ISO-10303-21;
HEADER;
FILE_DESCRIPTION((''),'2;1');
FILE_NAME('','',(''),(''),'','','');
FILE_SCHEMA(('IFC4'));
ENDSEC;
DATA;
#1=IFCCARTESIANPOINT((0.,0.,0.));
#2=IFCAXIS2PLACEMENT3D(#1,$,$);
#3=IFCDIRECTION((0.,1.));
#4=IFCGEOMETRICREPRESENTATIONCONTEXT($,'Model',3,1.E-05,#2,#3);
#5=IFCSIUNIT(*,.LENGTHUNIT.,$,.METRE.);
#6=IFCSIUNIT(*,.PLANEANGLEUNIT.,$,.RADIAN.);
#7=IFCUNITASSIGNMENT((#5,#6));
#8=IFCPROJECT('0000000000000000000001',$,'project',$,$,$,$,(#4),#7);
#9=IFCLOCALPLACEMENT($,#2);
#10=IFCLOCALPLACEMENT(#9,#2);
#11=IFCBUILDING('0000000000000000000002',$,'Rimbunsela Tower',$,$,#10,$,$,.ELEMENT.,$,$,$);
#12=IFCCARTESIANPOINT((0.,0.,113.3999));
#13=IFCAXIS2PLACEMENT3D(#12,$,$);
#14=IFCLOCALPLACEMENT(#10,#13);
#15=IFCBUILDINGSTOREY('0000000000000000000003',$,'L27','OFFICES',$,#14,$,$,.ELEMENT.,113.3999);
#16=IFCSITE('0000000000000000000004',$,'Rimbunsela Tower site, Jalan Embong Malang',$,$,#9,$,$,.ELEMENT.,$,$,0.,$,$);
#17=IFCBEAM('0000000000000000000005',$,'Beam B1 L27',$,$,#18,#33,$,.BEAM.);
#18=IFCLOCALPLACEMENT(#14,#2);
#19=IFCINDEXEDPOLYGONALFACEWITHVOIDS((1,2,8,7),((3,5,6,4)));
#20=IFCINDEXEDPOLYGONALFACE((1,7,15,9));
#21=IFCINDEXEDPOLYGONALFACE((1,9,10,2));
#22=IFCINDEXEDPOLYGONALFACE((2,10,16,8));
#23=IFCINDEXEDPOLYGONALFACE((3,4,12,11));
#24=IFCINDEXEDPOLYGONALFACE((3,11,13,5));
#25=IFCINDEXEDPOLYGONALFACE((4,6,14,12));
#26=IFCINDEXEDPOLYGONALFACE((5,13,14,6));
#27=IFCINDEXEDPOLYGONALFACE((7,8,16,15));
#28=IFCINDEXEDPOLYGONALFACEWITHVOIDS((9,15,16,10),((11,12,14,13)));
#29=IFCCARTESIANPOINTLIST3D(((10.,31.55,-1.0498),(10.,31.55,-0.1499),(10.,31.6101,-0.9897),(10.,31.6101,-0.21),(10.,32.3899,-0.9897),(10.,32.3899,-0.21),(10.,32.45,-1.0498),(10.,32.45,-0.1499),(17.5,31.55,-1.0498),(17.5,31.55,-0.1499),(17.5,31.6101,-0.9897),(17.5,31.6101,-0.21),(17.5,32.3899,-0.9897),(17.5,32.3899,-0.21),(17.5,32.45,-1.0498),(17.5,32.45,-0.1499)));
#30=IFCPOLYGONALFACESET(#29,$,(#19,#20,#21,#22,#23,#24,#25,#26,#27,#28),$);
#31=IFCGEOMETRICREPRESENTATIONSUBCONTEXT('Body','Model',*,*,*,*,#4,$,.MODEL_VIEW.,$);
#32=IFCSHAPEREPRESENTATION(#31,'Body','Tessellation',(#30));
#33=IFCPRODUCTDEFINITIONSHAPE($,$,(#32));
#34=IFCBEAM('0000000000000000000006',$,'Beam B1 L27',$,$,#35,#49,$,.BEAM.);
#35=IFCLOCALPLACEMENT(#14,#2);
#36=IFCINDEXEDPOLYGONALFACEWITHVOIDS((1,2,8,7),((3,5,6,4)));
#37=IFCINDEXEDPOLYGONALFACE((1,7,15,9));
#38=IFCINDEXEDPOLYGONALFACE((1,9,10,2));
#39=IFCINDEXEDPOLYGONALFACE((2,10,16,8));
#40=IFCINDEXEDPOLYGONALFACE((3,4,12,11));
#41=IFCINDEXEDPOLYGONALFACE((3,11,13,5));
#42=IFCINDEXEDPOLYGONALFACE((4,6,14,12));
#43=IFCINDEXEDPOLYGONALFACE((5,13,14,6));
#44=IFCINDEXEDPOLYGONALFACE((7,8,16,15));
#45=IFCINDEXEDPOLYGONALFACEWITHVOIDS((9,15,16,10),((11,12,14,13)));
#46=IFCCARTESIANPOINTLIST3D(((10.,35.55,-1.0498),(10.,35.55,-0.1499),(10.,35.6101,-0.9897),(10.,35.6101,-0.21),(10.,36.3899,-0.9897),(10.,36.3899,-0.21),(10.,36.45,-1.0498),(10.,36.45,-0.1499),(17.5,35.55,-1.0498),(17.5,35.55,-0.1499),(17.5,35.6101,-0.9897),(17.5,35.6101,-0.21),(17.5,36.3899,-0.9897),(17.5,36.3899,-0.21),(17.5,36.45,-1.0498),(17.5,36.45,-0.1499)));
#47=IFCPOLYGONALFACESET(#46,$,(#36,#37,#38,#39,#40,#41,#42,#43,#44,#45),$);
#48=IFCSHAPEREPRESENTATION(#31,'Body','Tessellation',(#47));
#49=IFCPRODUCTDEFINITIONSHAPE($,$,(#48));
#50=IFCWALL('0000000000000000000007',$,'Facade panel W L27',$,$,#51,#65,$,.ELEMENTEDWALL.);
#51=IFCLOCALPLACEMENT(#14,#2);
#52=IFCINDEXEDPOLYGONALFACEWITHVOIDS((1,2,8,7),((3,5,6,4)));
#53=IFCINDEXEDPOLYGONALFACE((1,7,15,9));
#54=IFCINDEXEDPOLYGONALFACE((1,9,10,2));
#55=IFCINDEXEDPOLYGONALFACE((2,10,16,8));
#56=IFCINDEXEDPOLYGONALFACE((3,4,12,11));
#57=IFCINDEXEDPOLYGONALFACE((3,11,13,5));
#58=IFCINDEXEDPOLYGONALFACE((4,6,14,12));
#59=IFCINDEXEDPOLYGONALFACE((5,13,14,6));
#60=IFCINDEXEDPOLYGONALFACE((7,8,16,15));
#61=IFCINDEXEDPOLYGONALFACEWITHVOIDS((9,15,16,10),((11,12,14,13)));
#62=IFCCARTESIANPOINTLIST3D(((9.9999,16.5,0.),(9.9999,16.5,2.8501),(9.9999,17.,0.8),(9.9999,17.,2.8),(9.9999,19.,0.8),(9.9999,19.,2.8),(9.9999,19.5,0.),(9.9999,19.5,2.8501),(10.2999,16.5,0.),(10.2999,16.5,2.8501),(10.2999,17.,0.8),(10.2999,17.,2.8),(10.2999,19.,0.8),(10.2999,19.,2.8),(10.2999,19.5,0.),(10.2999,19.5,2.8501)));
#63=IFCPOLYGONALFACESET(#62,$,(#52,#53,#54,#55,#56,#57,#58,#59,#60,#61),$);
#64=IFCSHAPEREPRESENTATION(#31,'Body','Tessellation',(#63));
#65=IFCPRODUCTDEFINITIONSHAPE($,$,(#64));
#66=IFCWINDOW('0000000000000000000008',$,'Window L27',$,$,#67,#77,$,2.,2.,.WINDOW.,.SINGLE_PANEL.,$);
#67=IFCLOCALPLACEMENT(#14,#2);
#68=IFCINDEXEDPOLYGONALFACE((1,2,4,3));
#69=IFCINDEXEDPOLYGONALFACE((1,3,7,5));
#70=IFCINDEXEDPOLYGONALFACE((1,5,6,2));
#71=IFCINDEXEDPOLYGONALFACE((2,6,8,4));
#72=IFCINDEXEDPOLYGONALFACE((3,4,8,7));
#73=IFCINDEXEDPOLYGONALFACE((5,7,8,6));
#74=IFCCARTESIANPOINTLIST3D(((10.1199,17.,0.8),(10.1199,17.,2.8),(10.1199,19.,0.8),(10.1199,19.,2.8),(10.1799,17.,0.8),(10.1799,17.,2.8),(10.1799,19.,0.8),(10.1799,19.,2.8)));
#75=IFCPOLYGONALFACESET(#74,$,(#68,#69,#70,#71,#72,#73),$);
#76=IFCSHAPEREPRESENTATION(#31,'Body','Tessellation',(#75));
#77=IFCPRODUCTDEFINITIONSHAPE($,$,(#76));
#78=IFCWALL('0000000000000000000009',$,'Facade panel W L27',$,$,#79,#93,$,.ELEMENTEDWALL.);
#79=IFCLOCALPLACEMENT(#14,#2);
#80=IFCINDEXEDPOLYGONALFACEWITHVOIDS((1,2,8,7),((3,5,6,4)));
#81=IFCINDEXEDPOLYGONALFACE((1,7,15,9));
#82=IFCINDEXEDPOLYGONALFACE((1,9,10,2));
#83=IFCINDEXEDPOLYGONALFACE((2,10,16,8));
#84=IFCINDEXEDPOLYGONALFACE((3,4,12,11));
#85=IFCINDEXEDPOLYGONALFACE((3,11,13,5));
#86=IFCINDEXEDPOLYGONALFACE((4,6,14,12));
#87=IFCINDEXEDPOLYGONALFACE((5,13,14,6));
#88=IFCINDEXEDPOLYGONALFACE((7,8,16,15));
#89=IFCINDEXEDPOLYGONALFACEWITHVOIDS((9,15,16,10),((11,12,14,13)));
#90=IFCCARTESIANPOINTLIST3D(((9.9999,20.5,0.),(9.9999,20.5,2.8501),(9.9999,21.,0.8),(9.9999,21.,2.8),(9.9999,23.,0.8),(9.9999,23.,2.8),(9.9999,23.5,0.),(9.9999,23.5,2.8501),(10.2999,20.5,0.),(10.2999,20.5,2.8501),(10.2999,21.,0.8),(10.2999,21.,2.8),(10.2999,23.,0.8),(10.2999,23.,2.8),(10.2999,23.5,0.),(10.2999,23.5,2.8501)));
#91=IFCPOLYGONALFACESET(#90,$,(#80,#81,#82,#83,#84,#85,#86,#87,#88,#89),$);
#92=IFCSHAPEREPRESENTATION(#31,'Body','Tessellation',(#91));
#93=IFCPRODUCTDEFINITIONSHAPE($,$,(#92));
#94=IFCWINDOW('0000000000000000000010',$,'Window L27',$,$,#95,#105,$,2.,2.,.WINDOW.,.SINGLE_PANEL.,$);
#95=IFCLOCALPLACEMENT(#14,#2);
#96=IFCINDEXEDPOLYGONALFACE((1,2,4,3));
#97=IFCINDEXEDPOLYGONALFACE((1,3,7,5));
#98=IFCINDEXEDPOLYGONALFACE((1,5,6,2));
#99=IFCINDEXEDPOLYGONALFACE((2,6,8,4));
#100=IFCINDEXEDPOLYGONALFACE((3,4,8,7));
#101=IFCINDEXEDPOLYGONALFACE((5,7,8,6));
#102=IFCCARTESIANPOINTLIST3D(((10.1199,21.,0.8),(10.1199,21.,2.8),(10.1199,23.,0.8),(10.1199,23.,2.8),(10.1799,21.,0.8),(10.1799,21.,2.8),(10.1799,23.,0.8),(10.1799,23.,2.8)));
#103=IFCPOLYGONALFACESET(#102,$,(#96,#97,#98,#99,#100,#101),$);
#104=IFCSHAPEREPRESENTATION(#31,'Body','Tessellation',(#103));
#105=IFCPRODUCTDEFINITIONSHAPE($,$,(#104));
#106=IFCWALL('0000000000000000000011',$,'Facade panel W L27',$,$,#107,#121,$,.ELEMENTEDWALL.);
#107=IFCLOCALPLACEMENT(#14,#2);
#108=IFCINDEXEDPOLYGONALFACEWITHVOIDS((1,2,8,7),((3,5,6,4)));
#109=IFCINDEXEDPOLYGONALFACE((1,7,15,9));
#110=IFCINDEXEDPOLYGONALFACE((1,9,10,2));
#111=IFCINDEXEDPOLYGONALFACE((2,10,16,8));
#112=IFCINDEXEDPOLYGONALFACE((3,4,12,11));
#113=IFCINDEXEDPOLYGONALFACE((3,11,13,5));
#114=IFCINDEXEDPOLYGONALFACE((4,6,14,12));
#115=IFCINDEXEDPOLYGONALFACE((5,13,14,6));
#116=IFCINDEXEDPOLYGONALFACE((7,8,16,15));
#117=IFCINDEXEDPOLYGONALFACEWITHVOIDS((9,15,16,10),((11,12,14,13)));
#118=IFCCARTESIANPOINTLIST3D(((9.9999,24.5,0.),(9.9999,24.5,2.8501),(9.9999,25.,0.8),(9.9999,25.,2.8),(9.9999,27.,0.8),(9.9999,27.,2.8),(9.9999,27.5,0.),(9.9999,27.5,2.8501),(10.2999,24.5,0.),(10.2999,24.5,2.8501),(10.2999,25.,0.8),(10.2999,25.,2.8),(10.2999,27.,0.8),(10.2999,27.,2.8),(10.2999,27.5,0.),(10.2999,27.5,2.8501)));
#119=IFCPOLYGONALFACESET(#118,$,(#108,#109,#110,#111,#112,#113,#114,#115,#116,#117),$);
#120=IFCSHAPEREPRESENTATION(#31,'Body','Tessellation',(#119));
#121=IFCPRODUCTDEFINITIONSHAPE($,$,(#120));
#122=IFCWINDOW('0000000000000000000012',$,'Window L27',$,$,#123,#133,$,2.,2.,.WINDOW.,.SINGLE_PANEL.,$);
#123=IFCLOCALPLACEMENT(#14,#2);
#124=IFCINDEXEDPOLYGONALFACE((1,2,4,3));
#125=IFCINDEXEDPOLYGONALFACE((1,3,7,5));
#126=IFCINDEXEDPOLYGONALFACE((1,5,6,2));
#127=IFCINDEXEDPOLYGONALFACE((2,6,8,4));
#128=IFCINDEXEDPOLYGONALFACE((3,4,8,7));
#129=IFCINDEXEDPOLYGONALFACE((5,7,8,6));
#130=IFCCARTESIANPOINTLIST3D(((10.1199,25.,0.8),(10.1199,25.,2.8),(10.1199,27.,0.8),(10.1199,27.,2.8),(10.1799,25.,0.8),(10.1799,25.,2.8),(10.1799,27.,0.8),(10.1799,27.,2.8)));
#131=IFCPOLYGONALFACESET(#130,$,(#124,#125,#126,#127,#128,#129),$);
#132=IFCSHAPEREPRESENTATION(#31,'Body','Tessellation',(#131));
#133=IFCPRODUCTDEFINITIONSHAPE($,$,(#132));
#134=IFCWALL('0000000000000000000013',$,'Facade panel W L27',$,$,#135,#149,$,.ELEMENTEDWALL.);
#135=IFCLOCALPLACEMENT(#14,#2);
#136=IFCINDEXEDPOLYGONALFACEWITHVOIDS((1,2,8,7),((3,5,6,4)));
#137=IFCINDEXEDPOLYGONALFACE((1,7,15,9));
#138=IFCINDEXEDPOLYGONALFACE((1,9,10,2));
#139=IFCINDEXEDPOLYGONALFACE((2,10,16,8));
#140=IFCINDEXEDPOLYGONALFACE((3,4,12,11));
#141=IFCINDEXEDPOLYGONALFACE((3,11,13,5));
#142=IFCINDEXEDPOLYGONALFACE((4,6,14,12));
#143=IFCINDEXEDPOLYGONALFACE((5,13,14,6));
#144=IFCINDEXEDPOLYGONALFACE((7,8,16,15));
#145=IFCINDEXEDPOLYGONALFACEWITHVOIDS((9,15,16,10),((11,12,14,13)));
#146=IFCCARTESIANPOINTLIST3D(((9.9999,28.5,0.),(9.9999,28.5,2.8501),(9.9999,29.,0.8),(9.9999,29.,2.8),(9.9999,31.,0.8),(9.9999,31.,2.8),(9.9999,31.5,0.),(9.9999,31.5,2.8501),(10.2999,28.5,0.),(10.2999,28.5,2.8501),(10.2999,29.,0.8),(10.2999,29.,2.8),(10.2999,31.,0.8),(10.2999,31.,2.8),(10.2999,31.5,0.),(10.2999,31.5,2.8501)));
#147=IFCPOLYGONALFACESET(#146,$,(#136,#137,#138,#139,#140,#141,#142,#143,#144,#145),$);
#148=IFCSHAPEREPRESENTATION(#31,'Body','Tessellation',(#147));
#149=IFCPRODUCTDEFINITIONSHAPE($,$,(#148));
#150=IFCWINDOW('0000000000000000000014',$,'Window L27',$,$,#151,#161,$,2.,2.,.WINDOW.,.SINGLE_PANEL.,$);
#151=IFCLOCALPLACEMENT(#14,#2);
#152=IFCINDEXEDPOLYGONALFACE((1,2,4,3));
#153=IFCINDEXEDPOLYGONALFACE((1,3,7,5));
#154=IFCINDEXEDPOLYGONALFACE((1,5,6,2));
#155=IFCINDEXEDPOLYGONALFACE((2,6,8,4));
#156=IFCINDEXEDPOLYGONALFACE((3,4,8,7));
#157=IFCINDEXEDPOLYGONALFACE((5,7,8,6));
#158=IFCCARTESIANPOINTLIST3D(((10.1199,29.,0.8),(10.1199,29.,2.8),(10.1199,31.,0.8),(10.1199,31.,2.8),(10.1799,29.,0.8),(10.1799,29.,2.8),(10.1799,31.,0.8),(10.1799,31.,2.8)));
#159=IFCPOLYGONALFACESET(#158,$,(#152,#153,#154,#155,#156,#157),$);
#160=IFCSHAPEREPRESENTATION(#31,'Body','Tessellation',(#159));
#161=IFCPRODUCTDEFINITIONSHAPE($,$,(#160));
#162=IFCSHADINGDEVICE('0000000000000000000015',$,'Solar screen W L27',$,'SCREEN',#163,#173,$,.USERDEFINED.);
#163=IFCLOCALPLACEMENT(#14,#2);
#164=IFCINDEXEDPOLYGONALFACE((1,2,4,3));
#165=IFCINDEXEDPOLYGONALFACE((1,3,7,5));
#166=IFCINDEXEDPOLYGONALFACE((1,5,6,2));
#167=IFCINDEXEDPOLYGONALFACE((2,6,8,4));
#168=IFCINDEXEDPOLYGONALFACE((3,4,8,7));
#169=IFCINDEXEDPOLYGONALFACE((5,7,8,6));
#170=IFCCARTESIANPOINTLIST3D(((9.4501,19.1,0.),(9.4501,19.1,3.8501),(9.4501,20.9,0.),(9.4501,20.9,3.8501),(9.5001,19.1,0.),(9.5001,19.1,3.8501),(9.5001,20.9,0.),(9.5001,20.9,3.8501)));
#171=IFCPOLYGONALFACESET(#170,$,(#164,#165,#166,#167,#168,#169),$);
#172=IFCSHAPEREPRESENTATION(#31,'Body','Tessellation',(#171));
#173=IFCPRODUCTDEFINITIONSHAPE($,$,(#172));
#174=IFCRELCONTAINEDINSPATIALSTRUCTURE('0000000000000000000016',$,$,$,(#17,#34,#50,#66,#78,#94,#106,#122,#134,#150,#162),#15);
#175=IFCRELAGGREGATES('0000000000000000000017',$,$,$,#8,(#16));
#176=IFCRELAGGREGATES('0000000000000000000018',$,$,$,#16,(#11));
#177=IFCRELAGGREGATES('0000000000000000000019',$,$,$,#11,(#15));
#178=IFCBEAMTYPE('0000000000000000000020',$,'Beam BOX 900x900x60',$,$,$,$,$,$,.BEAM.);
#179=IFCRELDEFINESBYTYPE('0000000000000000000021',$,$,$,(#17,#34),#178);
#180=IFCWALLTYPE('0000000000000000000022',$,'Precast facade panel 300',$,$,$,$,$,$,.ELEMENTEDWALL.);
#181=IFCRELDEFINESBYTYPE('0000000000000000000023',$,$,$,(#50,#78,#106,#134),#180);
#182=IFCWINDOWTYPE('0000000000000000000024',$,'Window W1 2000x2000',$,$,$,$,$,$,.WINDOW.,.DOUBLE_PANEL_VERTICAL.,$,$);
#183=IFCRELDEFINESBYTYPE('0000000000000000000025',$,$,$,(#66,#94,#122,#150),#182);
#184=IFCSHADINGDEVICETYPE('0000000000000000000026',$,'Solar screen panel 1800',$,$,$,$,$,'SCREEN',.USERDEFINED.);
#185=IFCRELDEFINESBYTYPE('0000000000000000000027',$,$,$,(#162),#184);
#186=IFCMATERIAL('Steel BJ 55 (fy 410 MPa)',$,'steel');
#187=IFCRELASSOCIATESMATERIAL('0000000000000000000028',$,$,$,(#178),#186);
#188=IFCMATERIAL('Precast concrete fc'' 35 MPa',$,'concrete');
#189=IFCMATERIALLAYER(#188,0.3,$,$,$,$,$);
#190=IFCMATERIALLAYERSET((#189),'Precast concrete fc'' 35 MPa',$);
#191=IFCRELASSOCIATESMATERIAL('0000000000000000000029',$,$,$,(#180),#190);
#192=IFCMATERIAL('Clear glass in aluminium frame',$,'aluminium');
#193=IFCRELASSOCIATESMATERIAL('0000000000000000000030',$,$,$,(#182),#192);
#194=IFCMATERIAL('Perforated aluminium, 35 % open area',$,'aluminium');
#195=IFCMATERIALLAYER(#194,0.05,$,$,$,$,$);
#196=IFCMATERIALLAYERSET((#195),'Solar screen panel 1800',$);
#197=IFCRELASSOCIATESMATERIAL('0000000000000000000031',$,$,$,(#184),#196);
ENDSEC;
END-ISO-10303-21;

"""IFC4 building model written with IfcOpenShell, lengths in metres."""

from ifc_helpers import new_model, si_unit, direction, frame, frame_2d, origin, origin_2d, place, context, subcontext, project, spatial, rectangle, hollow_rectangle, extrude, material, layer, layer_set, material_profile, profile_set, type_object, element, fill, save


model = new_model("IFC4")

# Units and contexts
model_context = context("Model", 3, precision=1e-05, world=origin(), true_north=direction((0.0, 1.0)))
body_context = subcontext(model_context, "Body", "Model", "MODEL_VIEW")
ifc_project = project(units=[si_unit("LENGTHUNIT", "METRE"), si_unit("PLANEANGLEUNIT", "RADIAN")], contexts=[model_context])

# Site, building, storey
site_placement = place(None, origin())
site = spatial("IfcSite", under=ifc_project, at=site_placement, Name="Rimbunsela Tower site, Jalan Embong Malang", CompositionType="ELEMENT", RefElevation=0.0)
building_placement = place(site_placement, origin())
building = spatial("IfcBuilding", under=site, at=building_placement, Name="Rimbunsela Tower", CompositionType="ELEMENT")
storey_placement = place(building_placement, frame((0.0, 0.0, 113.3999)))
storey = spatial("IfcBuildingStorey", under=building, at=storey_placement, Name="L27", Description="OFFICES", CompositionType="ELEMENT", Elevation=113.3999)

# Beams
ifc_material_1 = material(Name="Steel BJ 55 (fy 410 MPa)", Category="steel")
ifc_material_profile_1 = material_profile(ifc_material_1, hollow_rectangle(XDim=0.8999, YDim=0.8999, WallThickness=0.0601, at=origin_2d()), Name="BOX 900x900x60")
ifc_profile_set_1 = profile_set([ifc_material_profile_1], Name="Steel BJ 55 (fy 410 MPa)")
beam_type_1 = type_object("IfcBeamType", Name="Beam BOX 900x900x60", PredefinedType="BEAM", material=ifc_profile_set_1)
for number, where, z_axis, x_axis, name in (
    (1, (10.0, 32.0, -0.5999), (1.0, 0.0, 0.0), (0.0, 1.0, 0.0), "Beam B1 L27"),
    (2, (10.0, 36.0, -0.5999), (1.0, 0.0, 0.0), (0.0, 1.0, 0.0), "Beam B1 L27"),
):
    element("IfcBeam", number, at=place(storey_placement, frame(where, z_axis=z_axis, x_axis=x_axis)), inside=storey, type_object=beam_type_1, Name=name, PredefinedType="BEAM", context=body_context, shape_type="SweptSolid", body=[
        extrude(hollow_rectangle(XDim=0.8999, YDim=0.8999, WallThickness=0.0601, at=origin_2d()), origin(), (0.0, 0.0, 1.0), 7.5),
    ])

# Walls, openings, windows
ifc_material_2 = material(Name="Precast concrete fc' 35 MPa", Category="concrete")
ifc_layer_1 = layer(ifc_material_2, 0.3)
ifc_layer_set_1 = layer_set([ifc_layer_1], Name="Precast concrete fc' 35 MPa")
wall_type = type_object("IfcWallType", Name="Precast facade panel 300", PredefinedType="ELEMENTEDWALL", material=ifc_layer_set_1)
wall_1_placement = place(storey_placement, frame((10.1499, 19.5, 0.0), z_axis=(0.0, 0.0, 1.0), x_axis=(0.0, -1.0, 0.0)))
wall_1 = element("IfcWall", 3, at=wall_1_placement, inside=storey, type_object=wall_type, Name="Facade panel W L27", PredefinedType="ELEMENTEDWALL", context=body_context, shape_type="SweptSolid", body=[
    extrude(rectangle(XDim=3.0, YDim=0.3, at=frame_2d((1.5, 0.0))), origin(), (0.0, 0.0, 1.0), 2.8501),
])
opening_1_placement = place(wall_1_placement, frame((0.5, 0.0, 0.8)))
opening_1 = element("IfcOpeningElement", 4, at=opening_1_placement, cuts=wall_1, PredefinedType="OPENING", context=body_context, shape_type="SweptSolid", body=[
    extrude(rectangle(XDim=2.0, YDim=2.0, at=frame_2d((1.0, 1.0))), frame((0.0, 0.1599, 0.0), z_axis=(0.0, -1.0, 0.0), x_axis=(1.0, 0.0, 0.0)), (0.0, 0.0, 1.0), 0.3201),
])
ifc_material_3 = material(Name="Clear glass in aluminium frame", Category="aluminium")
window_type = type_object("IfcWindowType", Name="Window W1 2000x2000", PartitioningType="DOUBLE_PANEL_VERTICAL", PredefinedType="WINDOW", material=ifc_material_3)
window_1_placement = place(opening_1_placement, origin())
window_1 = element("IfcWindow", 5, at=window_1_placement, inside=storey, type_object=window_type, Name="Window L27", OverallHeight=2.0, OverallWidth=2.0, PartitioningType="SINGLE_PANEL", PredefinedType="WINDOW", context=body_context, shape_type="SweptSolid", body=[
    extrude(rectangle(XDim=2.0, YDim=2.0, at=frame_2d((1.0, 1.0))), frame((0.0, 0.03, 0.0), z_axis=(0.0, -1.0, 0.0), x_axis=(1.0, 0.0, 0.0)), (0.0, 0.0, 1.0), 0.0601),
])
fill(opening_1, window_1)
wall_2_placement = place(storey_placement, frame((10.1499, 23.5, 0.0), z_axis=(0.0, 0.0, 1.0), x_axis=(0.0, -1.0, 0.0)))
wall_2 = element("IfcWall", 6, at=wall_2_placement, inside=storey, type_object=wall_type, Name="Facade panel W L27", PredefinedType="ELEMENTEDWALL", context=body_context, shape_type="SweptSolid", body=[
    extrude(rectangle(XDim=3.0, YDim=0.3, at=frame_2d((1.5, 0.0))), origin(), (0.0, 0.0, 1.0), 2.8501),
])
opening_2_placement = place(wall_2_placement, frame((0.5, 0.0, 0.8)))
opening_2 = element("IfcOpeningElement", 7, at=opening_2_placement, cuts=wall_2, PredefinedType="OPENING", context=body_context, shape_type="SweptSolid", body=[
    extrude(rectangle(XDim=2.0, YDim=2.0, at=frame_2d((1.0, 1.0))), frame((0.0, 0.1599, 0.0), z_axis=(0.0, -1.0, 0.0), x_axis=(1.0, 0.0, 0.0)), (0.0, 0.0, 1.0), 0.3201),
])
window_2_placement = place(opening_2_placement, origin())
window_2 = element("IfcWindow", 8, at=window_2_placement, inside=storey, type_object=window_type, Name="Window L27", OverallHeight=2.0, OverallWidth=2.0, PartitioningType="SINGLE_PANEL", PredefinedType="WINDOW", context=body_context, shape_type="SweptSolid", body=[
    extrude(rectangle(XDim=2.0, YDim=2.0, at=frame_2d((1.0, 1.0))), frame((0.0, 0.03, 0.0), z_axis=(0.0, -1.0, 0.0), x_axis=(1.0, 0.0, 0.0)), (0.0, 0.0, 1.0), 0.0601),
])
fill(opening_2, window_2)
wall_3_placement = place(storey_placement, frame((10.1499, 27.5, 0.0), z_axis=(0.0, 0.0, 1.0), x_axis=(0.0, -1.0, 0.0)))
wall_3 = element("IfcWall", 9, at=wall_3_placement, inside=storey, type_object=wall_type, Name="Facade panel W L27", PredefinedType="ELEMENTEDWALL", context=body_context, shape_type="SweptSolid", body=[
    extrude(rectangle(XDim=3.0, YDim=0.3, at=frame_2d((1.5, 0.0))), origin(), (0.0, 0.0, 1.0), 2.8501),
])
opening_3_placement = place(wall_3_placement, frame((0.5, 0.0, 0.8)))
opening_3 = element("IfcOpeningElement", 10, at=opening_3_placement, cuts=wall_3, PredefinedType="OPENING", context=body_context, shape_type="SweptSolid", body=[
    extrude(rectangle(XDim=2.0, YDim=2.0, at=frame_2d((1.0, 1.0))), frame((0.0, 0.1599, 0.0), z_axis=(0.0, -1.0, 0.0), x_axis=(1.0, 0.0, 0.0)), (0.0, 0.0, 1.0), 0.3201),
])
window_3_placement = place(opening_3_placement, origin())
window_3 = element("IfcWindow", 11, at=window_3_placement, inside=storey, type_object=window_type, Name="Window L27", OverallHeight=2.0, OverallWidth=2.0, PartitioningType="SINGLE_PANEL", PredefinedType="WINDOW", context=body_context, shape_type="SweptSolid", body=[
    extrude(rectangle(XDim=2.0, YDim=2.0, at=frame_2d((1.0, 1.0))), frame((0.0, 0.03, 0.0), z_axis=(0.0, -1.0, 0.0), x_axis=(1.0, 0.0, 0.0)), (0.0, 0.0, 1.0), 0.0601),
])
fill(opening_3, window_3)
wall_4_placement = place(storey_placement, frame((10.1499, 31.5, 0.0), z_axis=(0.0, 0.0, 1.0), x_axis=(0.0, -1.0, 0.0)))
wall_4 = element("IfcWall", 12, at=wall_4_placement, inside=storey, type_object=wall_type, Name="Facade panel W L27", PredefinedType="ELEMENTEDWALL", context=body_context, shape_type="SweptSolid", body=[
    extrude(rectangle(XDim=3.0, YDim=0.3, at=frame_2d((1.5, 0.0))), origin(), (0.0, 0.0, 1.0), 2.8501),
])
opening_4_placement = place(wall_4_placement, frame((0.5, 0.0, 0.8)))
opening_4 = element("IfcOpeningElement", 13, at=opening_4_placement, cuts=wall_4, PredefinedType="OPENING", context=body_context, shape_type="SweptSolid", body=[
    extrude(rectangle(XDim=2.0, YDim=2.0, at=frame_2d((1.0, 1.0))), frame((0.0, 0.1599, 0.0), z_axis=(0.0, -1.0, 0.0), x_axis=(1.0, 0.0, 0.0)), (0.0, 0.0, 1.0), 0.3201),
])
window_4_placement = place(opening_4_placement, origin())
window_4 = element("IfcWindow", 14, at=window_4_placement, inside=storey, type_object=window_type, Name="Window L27", OverallHeight=2.0, OverallWidth=2.0, PartitioningType="SINGLE_PANEL", PredefinedType="WINDOW", context=body_context, shape_type="SweptSolid", body=[
    extrude(rectangle(XDim=2.0, YDim=2.0, at=frame_2d((1.0, 1.0))), frame((0.0, 0.03, 0.0), z_axis=(0.0, -1.0, 0.0), x_axis=(1.0, 0.0, 0.0)), (0.0, 0.0, 1.0), 0.0601),
])
fill(opening_4, window_4)

# Shading device
ifc_material_4 = material(Name="Perforated aluminium, 35 % open area", Category="aluminium")
ifc_layer_2 = layer(ifc_material_4, 0.05)
ifc_layer_set_2 = layer_set([ifc_layer_2], Name="Solar screen panel 1800")
shading_device_type = type_object("IfcShadingDeviceType", Name="Solar screen panel 1800", ElementType="SCREEN", PredefinedType="USERDEFINED", material=ifc_layer_set_2)
for number, where, z_axis, x_axis, name in (
    (15, (9.4751, 20.0, 0.0), (0.0, 0.0, 1.0), (0.0, 1.0, 0.0), "Solar screen W L27"),
):
    element("IfcShadingDevice", number, at=place(storey_placement, frame(where, z_axis=z_axis, x_axis=x_axis)), inside=storey, type_object=shading_device_type, Name=name, ObjectType="SCREEN", PredefinedType="USERDEFINED", context=body_context, shape_type="SweptSolid", body=[
        extrude(rectangle(XDim=1.8, YDim=0.05, at=origin_2d()), origin(), (0.0, 0.0, 1.0), 3.8501),
    ])

save(model, "model.ifc")
